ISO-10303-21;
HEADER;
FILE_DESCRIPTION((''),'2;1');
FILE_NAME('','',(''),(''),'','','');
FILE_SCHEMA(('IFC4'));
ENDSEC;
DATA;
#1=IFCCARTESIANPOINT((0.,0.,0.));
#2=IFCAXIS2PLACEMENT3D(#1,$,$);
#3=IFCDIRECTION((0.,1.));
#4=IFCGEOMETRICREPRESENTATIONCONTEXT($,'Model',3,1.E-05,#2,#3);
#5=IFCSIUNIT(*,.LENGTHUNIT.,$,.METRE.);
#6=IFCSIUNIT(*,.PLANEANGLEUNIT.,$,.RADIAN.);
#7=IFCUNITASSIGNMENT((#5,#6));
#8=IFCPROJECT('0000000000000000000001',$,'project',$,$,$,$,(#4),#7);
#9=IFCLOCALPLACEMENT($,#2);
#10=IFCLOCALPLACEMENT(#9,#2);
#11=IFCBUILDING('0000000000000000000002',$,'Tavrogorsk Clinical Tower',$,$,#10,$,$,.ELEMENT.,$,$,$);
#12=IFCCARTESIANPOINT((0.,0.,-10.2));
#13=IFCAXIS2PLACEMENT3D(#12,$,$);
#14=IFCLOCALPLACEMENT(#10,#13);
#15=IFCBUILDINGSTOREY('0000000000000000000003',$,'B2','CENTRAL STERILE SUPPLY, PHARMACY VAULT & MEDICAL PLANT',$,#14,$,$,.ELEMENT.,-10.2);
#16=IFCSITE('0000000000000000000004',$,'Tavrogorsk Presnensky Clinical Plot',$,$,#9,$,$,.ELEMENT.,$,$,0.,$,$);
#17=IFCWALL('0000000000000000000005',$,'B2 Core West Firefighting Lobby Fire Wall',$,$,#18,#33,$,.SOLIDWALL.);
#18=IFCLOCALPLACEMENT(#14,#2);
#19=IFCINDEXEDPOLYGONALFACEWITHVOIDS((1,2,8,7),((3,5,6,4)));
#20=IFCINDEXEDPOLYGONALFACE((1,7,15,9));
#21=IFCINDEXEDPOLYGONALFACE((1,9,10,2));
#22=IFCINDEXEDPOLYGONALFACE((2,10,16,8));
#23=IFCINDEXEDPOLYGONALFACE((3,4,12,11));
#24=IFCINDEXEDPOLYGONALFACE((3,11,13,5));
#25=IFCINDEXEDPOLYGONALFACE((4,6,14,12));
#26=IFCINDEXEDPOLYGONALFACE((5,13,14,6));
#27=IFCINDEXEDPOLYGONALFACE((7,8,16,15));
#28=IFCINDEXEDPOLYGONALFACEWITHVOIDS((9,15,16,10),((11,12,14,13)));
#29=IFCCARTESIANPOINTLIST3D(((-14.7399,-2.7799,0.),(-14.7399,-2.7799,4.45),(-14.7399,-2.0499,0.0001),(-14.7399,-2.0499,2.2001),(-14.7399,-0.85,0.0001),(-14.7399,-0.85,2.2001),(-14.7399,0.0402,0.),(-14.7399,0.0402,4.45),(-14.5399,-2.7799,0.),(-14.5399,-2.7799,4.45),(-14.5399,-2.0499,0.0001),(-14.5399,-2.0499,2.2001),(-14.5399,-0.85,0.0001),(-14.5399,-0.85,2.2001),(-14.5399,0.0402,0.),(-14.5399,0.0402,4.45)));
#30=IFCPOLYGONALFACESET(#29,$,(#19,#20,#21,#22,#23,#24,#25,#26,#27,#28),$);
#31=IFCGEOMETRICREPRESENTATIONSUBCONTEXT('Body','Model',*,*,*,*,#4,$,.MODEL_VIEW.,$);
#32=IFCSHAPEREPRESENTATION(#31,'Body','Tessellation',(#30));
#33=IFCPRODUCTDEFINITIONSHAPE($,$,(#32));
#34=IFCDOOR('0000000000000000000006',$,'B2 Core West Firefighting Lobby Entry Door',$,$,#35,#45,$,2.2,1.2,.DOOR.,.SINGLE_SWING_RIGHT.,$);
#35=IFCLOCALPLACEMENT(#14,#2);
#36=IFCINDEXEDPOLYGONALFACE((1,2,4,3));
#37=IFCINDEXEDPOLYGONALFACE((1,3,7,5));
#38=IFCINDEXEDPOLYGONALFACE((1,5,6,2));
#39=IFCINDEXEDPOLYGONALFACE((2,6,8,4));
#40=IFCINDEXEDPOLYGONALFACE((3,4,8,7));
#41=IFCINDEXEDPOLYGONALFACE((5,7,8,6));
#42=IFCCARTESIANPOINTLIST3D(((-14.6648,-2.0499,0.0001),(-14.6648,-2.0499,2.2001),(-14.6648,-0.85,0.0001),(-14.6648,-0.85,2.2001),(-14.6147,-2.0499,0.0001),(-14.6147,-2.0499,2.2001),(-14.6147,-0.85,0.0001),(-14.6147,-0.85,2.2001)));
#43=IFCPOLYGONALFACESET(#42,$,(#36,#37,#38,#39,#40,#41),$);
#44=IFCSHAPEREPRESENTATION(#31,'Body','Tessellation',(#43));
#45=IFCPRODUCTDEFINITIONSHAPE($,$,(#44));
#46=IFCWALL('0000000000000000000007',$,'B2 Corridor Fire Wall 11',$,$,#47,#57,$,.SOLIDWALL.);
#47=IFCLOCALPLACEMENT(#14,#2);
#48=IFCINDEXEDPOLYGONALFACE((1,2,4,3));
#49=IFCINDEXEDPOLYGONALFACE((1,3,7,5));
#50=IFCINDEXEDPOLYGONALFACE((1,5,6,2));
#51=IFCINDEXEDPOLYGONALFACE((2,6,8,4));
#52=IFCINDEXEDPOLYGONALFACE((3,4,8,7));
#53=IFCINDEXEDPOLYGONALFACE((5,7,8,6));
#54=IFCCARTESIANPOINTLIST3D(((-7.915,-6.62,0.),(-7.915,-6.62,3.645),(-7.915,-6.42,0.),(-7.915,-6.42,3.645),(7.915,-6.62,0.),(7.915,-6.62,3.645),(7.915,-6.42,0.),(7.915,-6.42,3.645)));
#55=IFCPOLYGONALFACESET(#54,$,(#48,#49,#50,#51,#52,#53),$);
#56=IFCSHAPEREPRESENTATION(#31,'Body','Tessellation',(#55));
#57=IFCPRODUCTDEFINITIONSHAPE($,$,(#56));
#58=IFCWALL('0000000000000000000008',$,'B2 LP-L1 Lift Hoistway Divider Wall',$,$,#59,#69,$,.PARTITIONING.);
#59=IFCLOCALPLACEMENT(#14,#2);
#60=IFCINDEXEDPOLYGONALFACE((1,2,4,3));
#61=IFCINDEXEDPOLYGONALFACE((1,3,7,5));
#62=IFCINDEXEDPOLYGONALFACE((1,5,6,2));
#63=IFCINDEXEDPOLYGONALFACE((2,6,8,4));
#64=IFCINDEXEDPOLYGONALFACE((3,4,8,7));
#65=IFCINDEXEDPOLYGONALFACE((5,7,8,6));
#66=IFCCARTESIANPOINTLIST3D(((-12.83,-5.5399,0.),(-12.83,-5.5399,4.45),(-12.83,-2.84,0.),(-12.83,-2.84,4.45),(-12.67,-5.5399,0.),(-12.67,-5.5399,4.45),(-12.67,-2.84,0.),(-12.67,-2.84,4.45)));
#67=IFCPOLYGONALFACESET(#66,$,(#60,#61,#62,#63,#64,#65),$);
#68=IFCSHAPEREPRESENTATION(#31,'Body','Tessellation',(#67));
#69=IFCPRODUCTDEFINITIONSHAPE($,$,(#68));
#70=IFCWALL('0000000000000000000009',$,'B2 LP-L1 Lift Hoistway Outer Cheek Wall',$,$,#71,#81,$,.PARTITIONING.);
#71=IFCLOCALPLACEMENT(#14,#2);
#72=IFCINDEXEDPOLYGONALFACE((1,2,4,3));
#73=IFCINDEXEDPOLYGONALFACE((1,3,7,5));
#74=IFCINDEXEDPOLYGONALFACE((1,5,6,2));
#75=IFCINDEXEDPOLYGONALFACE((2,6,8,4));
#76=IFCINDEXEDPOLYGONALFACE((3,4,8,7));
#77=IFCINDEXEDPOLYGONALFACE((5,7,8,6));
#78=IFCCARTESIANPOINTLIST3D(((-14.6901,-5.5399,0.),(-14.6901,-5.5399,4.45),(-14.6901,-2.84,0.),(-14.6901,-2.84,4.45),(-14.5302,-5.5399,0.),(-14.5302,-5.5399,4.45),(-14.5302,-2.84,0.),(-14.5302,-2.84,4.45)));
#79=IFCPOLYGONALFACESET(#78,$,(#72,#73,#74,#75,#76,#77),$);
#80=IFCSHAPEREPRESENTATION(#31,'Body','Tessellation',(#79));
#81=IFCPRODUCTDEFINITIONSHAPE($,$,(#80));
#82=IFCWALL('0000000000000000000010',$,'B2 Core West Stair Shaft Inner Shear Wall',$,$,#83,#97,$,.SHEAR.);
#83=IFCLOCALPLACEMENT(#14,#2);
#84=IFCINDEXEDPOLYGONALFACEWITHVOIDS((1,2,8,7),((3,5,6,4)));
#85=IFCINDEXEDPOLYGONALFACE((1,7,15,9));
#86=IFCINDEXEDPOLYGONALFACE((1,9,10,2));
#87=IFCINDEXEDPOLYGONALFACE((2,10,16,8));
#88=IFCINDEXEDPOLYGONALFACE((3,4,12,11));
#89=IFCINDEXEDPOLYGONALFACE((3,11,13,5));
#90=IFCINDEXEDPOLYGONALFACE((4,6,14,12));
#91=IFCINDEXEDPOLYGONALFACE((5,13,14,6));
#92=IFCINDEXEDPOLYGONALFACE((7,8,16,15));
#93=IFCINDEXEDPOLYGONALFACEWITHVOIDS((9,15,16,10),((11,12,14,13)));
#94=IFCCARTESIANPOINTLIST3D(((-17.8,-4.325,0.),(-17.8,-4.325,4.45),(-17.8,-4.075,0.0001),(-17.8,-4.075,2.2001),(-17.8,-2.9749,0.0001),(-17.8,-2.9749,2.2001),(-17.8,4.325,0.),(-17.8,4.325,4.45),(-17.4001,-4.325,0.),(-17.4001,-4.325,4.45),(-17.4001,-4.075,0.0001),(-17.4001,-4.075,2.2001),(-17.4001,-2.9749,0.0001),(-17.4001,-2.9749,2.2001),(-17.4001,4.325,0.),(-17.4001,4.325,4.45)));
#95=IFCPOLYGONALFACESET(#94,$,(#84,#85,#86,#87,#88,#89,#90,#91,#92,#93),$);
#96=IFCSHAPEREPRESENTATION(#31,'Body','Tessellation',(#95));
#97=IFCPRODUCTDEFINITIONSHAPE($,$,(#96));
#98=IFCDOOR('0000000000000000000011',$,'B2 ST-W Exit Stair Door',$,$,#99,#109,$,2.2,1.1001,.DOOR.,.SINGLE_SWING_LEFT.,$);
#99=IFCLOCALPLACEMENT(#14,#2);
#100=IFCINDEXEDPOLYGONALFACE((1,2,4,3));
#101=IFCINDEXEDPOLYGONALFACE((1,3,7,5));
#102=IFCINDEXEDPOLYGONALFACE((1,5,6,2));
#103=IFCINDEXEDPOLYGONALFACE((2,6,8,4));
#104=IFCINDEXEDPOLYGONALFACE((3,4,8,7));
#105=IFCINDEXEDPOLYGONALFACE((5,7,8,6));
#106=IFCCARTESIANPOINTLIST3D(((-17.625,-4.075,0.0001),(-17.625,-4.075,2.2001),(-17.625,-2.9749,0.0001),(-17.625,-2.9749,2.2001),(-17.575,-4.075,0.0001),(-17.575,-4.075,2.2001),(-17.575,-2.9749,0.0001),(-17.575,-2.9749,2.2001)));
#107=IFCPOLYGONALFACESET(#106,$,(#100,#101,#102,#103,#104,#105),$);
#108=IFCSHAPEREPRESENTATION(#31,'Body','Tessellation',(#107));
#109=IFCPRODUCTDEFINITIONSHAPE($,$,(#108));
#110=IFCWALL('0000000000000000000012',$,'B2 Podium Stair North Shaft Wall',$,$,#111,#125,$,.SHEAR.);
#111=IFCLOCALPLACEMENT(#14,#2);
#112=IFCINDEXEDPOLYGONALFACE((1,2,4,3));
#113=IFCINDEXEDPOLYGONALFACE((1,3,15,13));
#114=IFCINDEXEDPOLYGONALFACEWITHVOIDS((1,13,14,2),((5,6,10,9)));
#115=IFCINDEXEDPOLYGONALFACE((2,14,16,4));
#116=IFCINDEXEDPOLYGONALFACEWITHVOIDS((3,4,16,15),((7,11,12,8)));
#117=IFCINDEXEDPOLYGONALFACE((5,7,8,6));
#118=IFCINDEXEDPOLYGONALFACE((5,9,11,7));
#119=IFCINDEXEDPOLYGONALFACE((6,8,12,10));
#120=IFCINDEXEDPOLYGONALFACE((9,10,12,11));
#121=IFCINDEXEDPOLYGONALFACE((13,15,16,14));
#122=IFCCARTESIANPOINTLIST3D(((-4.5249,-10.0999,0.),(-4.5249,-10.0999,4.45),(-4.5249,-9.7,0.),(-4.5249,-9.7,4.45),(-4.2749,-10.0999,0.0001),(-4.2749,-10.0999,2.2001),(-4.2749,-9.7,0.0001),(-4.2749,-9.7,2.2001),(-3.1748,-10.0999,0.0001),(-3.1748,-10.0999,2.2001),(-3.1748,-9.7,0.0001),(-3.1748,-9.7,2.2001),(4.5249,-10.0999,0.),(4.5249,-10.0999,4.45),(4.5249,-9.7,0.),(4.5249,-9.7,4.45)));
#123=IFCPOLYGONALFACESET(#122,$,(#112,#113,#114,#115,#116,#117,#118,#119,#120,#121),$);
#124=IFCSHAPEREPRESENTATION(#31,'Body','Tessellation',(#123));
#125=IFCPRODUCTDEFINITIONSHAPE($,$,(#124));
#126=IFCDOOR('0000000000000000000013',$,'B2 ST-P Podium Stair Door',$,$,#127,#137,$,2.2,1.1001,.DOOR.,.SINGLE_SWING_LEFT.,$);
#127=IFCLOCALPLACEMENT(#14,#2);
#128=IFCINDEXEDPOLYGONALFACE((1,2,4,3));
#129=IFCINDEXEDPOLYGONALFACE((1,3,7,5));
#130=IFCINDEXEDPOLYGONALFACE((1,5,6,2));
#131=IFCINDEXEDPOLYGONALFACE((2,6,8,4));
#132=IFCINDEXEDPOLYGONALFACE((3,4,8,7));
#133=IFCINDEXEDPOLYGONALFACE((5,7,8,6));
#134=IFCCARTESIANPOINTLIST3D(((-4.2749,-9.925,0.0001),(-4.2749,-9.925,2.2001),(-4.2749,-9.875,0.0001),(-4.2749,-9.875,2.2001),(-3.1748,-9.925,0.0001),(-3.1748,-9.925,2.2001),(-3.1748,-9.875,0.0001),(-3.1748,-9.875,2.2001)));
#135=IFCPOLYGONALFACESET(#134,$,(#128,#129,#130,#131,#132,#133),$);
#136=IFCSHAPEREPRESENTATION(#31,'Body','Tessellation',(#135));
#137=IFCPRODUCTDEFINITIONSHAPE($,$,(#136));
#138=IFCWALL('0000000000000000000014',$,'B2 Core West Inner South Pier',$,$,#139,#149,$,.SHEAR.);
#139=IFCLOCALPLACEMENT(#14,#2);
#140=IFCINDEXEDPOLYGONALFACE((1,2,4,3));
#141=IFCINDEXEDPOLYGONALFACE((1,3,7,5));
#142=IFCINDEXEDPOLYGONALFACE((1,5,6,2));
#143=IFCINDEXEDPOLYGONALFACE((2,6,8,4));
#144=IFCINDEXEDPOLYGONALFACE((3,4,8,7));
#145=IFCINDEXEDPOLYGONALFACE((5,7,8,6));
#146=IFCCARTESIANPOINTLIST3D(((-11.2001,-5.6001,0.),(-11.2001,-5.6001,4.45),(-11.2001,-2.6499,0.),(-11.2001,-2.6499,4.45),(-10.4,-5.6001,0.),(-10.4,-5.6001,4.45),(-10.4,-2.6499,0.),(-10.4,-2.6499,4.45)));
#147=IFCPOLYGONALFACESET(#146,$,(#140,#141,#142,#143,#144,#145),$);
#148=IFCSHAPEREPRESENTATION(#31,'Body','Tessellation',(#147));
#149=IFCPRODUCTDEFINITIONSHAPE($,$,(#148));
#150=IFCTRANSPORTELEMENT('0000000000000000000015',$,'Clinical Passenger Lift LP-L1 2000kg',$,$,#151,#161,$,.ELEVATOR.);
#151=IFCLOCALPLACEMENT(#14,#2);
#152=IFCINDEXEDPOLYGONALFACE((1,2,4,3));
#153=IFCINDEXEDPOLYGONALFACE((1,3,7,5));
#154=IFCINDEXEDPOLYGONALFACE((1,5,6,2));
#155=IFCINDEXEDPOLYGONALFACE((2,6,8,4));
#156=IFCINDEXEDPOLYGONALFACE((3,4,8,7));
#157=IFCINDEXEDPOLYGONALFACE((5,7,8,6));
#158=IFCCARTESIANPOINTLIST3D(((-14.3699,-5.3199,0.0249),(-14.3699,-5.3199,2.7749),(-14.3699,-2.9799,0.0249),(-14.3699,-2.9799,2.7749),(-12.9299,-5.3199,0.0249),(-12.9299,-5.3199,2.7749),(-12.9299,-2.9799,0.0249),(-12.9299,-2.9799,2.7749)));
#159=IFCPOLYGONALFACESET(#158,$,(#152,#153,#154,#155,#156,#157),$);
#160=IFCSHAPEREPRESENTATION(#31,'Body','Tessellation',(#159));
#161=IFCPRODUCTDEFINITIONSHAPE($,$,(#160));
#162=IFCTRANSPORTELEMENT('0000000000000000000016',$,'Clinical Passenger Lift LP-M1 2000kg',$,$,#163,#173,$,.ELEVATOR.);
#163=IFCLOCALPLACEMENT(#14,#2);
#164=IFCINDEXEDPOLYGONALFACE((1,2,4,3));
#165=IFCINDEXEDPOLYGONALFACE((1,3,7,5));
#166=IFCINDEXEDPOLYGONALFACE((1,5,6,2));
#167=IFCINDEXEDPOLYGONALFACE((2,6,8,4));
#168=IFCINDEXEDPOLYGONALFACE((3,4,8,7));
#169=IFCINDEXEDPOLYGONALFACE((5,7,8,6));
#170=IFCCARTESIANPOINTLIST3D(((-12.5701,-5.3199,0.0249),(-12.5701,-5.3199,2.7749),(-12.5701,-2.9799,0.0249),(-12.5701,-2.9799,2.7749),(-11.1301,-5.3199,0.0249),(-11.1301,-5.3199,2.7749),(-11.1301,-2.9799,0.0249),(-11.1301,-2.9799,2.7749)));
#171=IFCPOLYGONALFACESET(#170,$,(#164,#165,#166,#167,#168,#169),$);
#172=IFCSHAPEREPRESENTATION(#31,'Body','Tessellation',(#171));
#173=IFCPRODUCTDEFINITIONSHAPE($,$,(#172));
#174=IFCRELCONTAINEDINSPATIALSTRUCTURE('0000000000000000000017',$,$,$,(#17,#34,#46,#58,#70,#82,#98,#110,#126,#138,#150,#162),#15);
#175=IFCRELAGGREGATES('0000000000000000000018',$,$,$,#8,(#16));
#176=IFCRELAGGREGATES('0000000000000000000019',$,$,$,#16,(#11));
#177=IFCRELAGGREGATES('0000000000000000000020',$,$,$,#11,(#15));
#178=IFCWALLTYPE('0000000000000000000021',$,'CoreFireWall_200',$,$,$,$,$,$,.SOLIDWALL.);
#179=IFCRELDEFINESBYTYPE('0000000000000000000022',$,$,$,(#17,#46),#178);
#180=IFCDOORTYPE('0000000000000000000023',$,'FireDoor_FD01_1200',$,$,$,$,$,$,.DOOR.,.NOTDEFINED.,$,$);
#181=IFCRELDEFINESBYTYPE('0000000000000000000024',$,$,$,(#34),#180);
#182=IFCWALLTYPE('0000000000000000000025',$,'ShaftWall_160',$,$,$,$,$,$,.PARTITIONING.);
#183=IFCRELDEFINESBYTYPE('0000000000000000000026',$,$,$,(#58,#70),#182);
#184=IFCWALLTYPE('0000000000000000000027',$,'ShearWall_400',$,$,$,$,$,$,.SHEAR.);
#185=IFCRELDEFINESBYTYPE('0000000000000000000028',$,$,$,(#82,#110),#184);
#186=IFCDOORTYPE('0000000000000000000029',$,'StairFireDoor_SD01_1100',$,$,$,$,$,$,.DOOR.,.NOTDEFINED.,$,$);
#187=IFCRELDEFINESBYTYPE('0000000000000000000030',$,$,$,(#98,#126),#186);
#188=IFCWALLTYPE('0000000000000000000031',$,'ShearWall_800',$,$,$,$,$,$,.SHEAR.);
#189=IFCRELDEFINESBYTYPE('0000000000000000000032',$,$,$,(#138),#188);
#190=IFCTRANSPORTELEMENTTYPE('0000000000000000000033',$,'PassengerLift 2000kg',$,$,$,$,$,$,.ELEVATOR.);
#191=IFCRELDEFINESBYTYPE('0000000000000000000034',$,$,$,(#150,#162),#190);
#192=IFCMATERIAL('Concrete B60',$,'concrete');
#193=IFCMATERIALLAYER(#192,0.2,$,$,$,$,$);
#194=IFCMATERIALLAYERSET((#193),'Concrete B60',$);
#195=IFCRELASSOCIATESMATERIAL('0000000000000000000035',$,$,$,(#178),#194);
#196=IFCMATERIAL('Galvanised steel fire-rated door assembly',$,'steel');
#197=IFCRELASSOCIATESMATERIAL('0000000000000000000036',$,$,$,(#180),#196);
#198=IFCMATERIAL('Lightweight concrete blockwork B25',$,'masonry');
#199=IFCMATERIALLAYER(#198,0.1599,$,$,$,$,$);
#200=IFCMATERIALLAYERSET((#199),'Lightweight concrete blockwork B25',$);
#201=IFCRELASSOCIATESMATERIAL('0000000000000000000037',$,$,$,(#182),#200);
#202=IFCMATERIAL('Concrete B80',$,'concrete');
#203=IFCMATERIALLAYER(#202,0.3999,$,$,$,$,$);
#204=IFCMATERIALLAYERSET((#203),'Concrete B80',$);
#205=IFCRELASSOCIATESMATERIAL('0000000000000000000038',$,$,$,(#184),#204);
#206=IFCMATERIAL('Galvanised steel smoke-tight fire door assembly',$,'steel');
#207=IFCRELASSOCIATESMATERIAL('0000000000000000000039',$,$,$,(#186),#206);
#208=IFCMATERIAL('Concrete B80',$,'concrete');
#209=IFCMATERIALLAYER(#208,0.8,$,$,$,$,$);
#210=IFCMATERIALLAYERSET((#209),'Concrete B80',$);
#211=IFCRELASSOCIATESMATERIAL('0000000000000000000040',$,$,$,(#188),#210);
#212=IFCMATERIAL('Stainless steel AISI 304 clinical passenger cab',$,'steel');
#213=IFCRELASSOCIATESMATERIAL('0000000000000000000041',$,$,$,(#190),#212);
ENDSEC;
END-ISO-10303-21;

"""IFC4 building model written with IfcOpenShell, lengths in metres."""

from ifc_helpers import new_model, si_unit, direction, frame, frame_2d, origin, origin_2d, place, context, subcontext, project, spatial, rectangle, extrude, material, layer, layer_set, type_object, element, fill, save


model = new_model("IFC4")

# Units and contexts
model_context = context("Model", 3, precision=1e-05, world=origin(), true_north=direction((0.0, 1.0)))
body_context = subcontext(model_context, "Body", "Model", "MODEL_VIEW")
ifc_project = project(units=[si_unit("LENGTHUNIT", "METRE"), si_unit("PLANEANGLEUNIT", "RADIAN")], contexts=[model_context])

# Site, building, storey
site_placement = place(None, origin())
site = spatial("IfcSite", under=ifc_project, at=site_placement, Name="Tavrogorsk Presnensky Clinical Plot", CompositionType="ELEMENT", RefElevation=0.0)
building_placement = place(site_placement, origin())
building = spatial("IfcBuilding", under=site, at=building_placement, Name="Tavrogorsk Clinical Tower", CompositionType="ELEMENT")
storey_placement = place(building_placement, frame((0.0, 0.0, -10.2)))
storey = spatial("IfcBuildingStorey", under=building, at=storey_placement, Name="B2", Description="CENTRAL STERILE SUPPLY, PHARMACY VAULT & MEDICAL PLANT", CompositionType="ELEMENT", Elevation=-10.2)

# Wall, opening, door
ifc_material_1 = material(Name="Concrete B60", Category="concrete")
ifc_layer_1 = layer(ifc_material_1, 0.2)
ifc_layer_set_1 = layer_set([ifc_layer_1], Name="Concrete B60")
wall_type_1 = type_object("IfcWallType", Name="CoreFireWall_200", PredefinedType="SOLIDWALL", material=ifc_layer_set_1)
wall_1_placement = place(storey_placement, frame((-14.6399, -2.78, 0.0), z_axis=(0.0, 0.0, 1.0), x_axis=(0.0, 1.0, 0.0)))
wall_1 = element("IfcWall", 1, at=wall_1_placement, inside=storey, type_object=wall_type_1, Name="B2 Core West Firefighting Lobby Fire Wall", PredefinedType="SOLIDWALL", context=body_context, shape_type="SweptSolid", body=[
    extrude(rectangle(XDim=2.8201, YDim=0.2, at=frame_2d((1.4102, 0.0))), origin(), (0.0, 0.0, 1.0), 4.45),
])
opening_1_placement = place(wall_1_placement, frame((0.73, 0.0, 0.0)))
opening_1 = element("IfcOpeningElement", 2, at=opening_1_placement, cuts=wall_1, PredefinedType="OPENING", context=body_context, shape_type="SweptSolid", body=[
    extrude(rectangle(XDim=1.2, YDim=2.2, at=frame_2d((0.6001, 1.1001))), frame((0.0, 0.1099, 0.0), z_axis=(0.0, -1.0, 0.0), x_axis=(1.0, 0.0, 0.0)), (0.0, 0.0, 1.0), 0.22),
])
ifc_material_2 = material(Name="Galvanised steel fire-rated door assembly", Category="steel")
door_type_1 = type_object("IfcDoorType", Name="FireDoor_FD01_1200", OperationType="NOTDEFINED", PredefinedType="DOOR", material=ifc_material_2)
door_1_placement = place(opening_1_placement, origin())
door_1 = element("IfcDoor", 3, at=door_1_placement, inside=storey, type_object=door_type_1, Name="B2 Core West Firefighting Lobby Entry Door", OperationType="SINGLE_SWING_RIGHT", OverallHeight=2.2, OverallWidth=1.2, PredefinedType="DOOR", context=body_context, shape_type="SweptSolid", body=[
    extrude(rectangle(XDim=1.2, YDim=2.2, at=frame_2d((0.6001, 1.1001))), frame((0.0, 0.0249, 0.0), z_axis=(0.0, -1.0, 0.0), x_axis=(1.0, 0.0, 0.0)), (0.0, 0.0, 1.0), 0.05),
])
fill(opening_1, door_1)

# Walls
wall_2_placement = place(storey_placement, frame((-7.915, -6.52, 0.0), z_axis=(0.0, 0.0, 1.0), x_axis=(1.0, 0.0, 0.0)))
element("IfcWall", 4, at=wall_2_placement, inside=storey, type_object=wall_type_1, Name="B2 Corridor Fire Wall 11", PredefinedType="SOLIDWALL", context=body_context, shape_type="SweptSolid", body=[
    extrude(rectangle(XDim=15.8301, YDim=0.2, at=frame_2d((7.915, 0.0))), origin(), (0.0, 0.0, 1.0), 3.645),
])
ifc_material_3 = material(Name="Lightweight concrete blockwork B25", Category="masonry")
ifc_layer_2 = layer(ifc_material_3, 0.1599)
ifc_layer_set_2 = layer_set([ifc_layer_2], Name="Lightweight concrete blockwork B25")
wall_type_2 = type_object("IfcWallType", Name="ShaftWall_160", PredefinedType="PARTITIONING", material=ifc_layer_set_2)
for number, where, z_axis, x_axis, name in (
    (5, (-12.75, -5.54, 0.0), (0.0, 0.0, 1.0), (0.0, 1.0, 0.0), "B2 LP-L1 Lift Hoistway Divider Wall"),
    (6, (-14.6101, -5.54, 0.0), (0.0, 0.0, 1.0), (0.0, 1.0, 0.0), "B2 LP-L1 Lift Hoistway Outer Cheek Wall"),
):
    element("IfcWall", number, at=place(storey_placement, frame(where, z_axis=z_axis, x_axis=x_axis)), inside=storey, type_object=wall_type_2, Name=name, PredefinedType="PARTITIONING", context=body_context, shape_type="SweptSolid", body=[
        extrude(rectangle(XDim=2.7, YDim=0.1599, at=frame_2d((1.3501, 0.0))), origin(), (0.0, 0.0, 1.0), 4.45),
    ])

# Walls, openings, doors
ifc_material_4 = material(Name="Concrete B80", Category="concrete")
ifc_layer_3 = layer(ifc_material_4, 0.3999)
ifc_layer_set_3 = layer_set([ifc_layer_3], Name="Concrete B80")
wall_type_3 = type_object("IfcWallType", Name="ShearWall_400", PredefinedType="SHEAR", material=ifc_layer_set_3)
wall_3_placement = place(storey_placement, frame((-17.6001, -4.325, 0.0), z_axis=(0.0, 0.0, 1.0), x_axis=(0.0, 1.0, 0.0)))
wall_3 = element("IfcWall", 7, at=wall_3_placement, inside=storey, type_object=wall_type_3, Name="B2 Core West Stair Shaft Inner Shear Wall", PredefinedType="SHEAR", context=body_context, shape_type="SweptSolid", body=[
    extrude(rectangle(XDim=8.6499, YDim=0.3999, at=frame_2d((4.325, 0.0))), origin(), (0.0, 0.0, 1.0), 4.45),
])
opening_2_placement = place(wall_3_placement, frame((0.25, 0.0, 0.0)))
opening_2 = element("IfcOpeningElement", 8, at=opening_2_placement, cuts=wall_3, PredefinedType="OPENING", context=body_context, shape_type="SweptSolid", body=[
    extrude(rectangle(XDim=1.1001, YDim=2.2, at=frame_2d((0.55, 1.1001))), frame((0.0, 0.21, 0.0), z_axis=(0.0, -1.0, 0.0), x_axis=(1.0, 0.0, 0.0)), (0.0, 0.0, 1.0), 0.4199),
])
ifc_material_5 = material(Name="Galvanised steel smoke-tight fire door assembly", Category="steel")
door_type_2 = type_object("IfcDoorType", Name="StairFireDoor_SD01_1100", OperationType="NOTDEFINED", PredefinedType="DOOR", material=ifc_material_5)
door_2_placement = place(opening_2_placement, origin())
door_2 = element("IfcDoor", 9, at=door_2_placement, inside=storey, type_object=door_type_2, Name="B2 ST-W Exit Stair Door", OperationType="SINGLE_SWING_LEFT", OverallHeight=2.2, OverallWidth=1.1001, PredefinedType="DOOR", context=body_context, shape_type="SweptSolid", body=[
    extrude(rectangle(XDim=1.1001, YDim=2.2, at=frame_2d((0.55, 1.1001))), frame((0.0, 0.0249, 0.0), z_axis=(0.0, -1.0, 0.0), x_axis=(1.0, 0.0, 0.0)), (0.0, 0.0, 1.0), 0.05),
])
fill(opening_2, door_2)
wall_4_placement = place(storey_placement, frame((-4.5249, -9.8999, 0.0), z_axis=(0.0, 0.0, 1.0), x_axis=(1.0, 0.0, 0.0)))
wall_4 = element("IfcWall", 10, at=wall_4_placement, inside=storey, type_object=wall_type_3, Name="B2 Podium Stair North Shaft Wall", PredefinedType="SHEAR", context=body_context, shape_type="SweptSolid", body=[
    extrude(rectangle(XDim=9.0498, YDim=0.3999, at=frame_2d((4.5249, 0.0))), origin(), (0.0, 0.0, 1.0), 4.45),
])
opening_3_placement = place(wall_4_placement, frame((0.25, 0.0, 0.0)))
opening_3 = element("IfcOpeningElement", 11, at=opening_3_placement, cuts=wall_4, PredefinedType="OPENING", context=body_context, shape_type="SweptSolid", body=[
    extrude(rectangle(XDim=1.1001, YDim=2.2, at=frame_2d((0.55, 1.1001))), frame((0.0, 0.21, 0.0), z_axis=(0.0, -1.0, 0.0), x_axis=(1.0, 0.0, 0.0)), (0.0, 0.0, 1.0), 0.4199),
])
door_3_placement = place(opening_3_placement, origin())
door_3 = element("IfcDoor", 12, at=door_3_placement, inside=storey, type_object=door_type_2, Name="B2 ST-P Podium Stair Door", OperationType="SINGLE_SWING_LEFT", OverallHeight=2.2, OverallWidth=1.1001, PredefinedType="DOOR", context=body_context, shape_type="SweptSolid", body=[
    extrude(rectangle(XDim=1.1001, YDim=2.2, at=frame_2d((0.55, 1.1001))), frame((0.0, 0.0249, 0.0), z_axis=(0.0, -1.0, 0.0), x_axis=(1.0, 0.0, 0.0)), (0.0, 0.0, 1.0), 0.05),
])
fill(opening_3, door_3)

# Wall
ifc_material_6 = material(Name="Concrete B80", Category="concrete")
ifc_layer_4 = layer(ifc_material_6, 0.8)
ifc_layer_set_4 = layer_set([ifc_layer_4], Name="Concrete B80")
wall_type_4 = type_object("IfcWallType", Name="ShearWall_800", PredefinedType="SHEAR", material=ifc_layer_set_4)
wall_5_placement = place(storey_placement, frame((-10.8, -5.6001, 0.0), z_axis=(0.0, 0.0, 1.0), x_axis=(0.0, 1.0, 0.0)))
element("IfcWall", 13, at=wall_5_placement, inside=storey, type_object=wall_type_4, Name="B2 Core West Inner South Pier", PredefinedType="SHEAR", context=body_context, shape_type="SweptSolid", body=[
    extrude(rectangle(XDim=2.9502, YDim=0.8, at=frame_2d((1.4751, 0.0))), origin(), (0.0, 0.0, 1.0), 4.45),
])

# Transport elements
ifc_material_7 = material(Name="Stainless steel AISI 304 clinical passenger cab", Category="steel")
transport_element_type = type_object("IfcTransportElementType", Name="PassengerLift 2000kg", PredefinedType="ELEVATOR", material=ifc_material_7)
for number, where, z_axis, x_axis, name in (
    (14, (-13.6499, -4.1499, 0.0249), (0.0, 0.0, 1.0), (1.0, 0.0, 0.0), "Clinical Passenger Lift LP-L1 2000kg"),
    (15, (-11.8501, -4.1499, 0.0249), (0.0, 0.0, 1.0), (1.0, 0.0, 0.0), "Clinical Passenger Lift LP-M1 2000kg"),
):
    element("IfcTransportElement", number, at=place(storey_placement, frame(where, z_axis=z_axis, x_axis=x_axis)), inside=storey, type_object=transport_element_type, Name=name, PredefinedType="ELEVATOR", context=body_context, shape_type="SweptSolid", body=[
        extrude(rectangle(XDim=1.4399, YDim=2.3401, at=origin_2d()), origin(), (0.0, 0.0, 1.0), 2.75),
    ])

save(model, "model.ifc")
